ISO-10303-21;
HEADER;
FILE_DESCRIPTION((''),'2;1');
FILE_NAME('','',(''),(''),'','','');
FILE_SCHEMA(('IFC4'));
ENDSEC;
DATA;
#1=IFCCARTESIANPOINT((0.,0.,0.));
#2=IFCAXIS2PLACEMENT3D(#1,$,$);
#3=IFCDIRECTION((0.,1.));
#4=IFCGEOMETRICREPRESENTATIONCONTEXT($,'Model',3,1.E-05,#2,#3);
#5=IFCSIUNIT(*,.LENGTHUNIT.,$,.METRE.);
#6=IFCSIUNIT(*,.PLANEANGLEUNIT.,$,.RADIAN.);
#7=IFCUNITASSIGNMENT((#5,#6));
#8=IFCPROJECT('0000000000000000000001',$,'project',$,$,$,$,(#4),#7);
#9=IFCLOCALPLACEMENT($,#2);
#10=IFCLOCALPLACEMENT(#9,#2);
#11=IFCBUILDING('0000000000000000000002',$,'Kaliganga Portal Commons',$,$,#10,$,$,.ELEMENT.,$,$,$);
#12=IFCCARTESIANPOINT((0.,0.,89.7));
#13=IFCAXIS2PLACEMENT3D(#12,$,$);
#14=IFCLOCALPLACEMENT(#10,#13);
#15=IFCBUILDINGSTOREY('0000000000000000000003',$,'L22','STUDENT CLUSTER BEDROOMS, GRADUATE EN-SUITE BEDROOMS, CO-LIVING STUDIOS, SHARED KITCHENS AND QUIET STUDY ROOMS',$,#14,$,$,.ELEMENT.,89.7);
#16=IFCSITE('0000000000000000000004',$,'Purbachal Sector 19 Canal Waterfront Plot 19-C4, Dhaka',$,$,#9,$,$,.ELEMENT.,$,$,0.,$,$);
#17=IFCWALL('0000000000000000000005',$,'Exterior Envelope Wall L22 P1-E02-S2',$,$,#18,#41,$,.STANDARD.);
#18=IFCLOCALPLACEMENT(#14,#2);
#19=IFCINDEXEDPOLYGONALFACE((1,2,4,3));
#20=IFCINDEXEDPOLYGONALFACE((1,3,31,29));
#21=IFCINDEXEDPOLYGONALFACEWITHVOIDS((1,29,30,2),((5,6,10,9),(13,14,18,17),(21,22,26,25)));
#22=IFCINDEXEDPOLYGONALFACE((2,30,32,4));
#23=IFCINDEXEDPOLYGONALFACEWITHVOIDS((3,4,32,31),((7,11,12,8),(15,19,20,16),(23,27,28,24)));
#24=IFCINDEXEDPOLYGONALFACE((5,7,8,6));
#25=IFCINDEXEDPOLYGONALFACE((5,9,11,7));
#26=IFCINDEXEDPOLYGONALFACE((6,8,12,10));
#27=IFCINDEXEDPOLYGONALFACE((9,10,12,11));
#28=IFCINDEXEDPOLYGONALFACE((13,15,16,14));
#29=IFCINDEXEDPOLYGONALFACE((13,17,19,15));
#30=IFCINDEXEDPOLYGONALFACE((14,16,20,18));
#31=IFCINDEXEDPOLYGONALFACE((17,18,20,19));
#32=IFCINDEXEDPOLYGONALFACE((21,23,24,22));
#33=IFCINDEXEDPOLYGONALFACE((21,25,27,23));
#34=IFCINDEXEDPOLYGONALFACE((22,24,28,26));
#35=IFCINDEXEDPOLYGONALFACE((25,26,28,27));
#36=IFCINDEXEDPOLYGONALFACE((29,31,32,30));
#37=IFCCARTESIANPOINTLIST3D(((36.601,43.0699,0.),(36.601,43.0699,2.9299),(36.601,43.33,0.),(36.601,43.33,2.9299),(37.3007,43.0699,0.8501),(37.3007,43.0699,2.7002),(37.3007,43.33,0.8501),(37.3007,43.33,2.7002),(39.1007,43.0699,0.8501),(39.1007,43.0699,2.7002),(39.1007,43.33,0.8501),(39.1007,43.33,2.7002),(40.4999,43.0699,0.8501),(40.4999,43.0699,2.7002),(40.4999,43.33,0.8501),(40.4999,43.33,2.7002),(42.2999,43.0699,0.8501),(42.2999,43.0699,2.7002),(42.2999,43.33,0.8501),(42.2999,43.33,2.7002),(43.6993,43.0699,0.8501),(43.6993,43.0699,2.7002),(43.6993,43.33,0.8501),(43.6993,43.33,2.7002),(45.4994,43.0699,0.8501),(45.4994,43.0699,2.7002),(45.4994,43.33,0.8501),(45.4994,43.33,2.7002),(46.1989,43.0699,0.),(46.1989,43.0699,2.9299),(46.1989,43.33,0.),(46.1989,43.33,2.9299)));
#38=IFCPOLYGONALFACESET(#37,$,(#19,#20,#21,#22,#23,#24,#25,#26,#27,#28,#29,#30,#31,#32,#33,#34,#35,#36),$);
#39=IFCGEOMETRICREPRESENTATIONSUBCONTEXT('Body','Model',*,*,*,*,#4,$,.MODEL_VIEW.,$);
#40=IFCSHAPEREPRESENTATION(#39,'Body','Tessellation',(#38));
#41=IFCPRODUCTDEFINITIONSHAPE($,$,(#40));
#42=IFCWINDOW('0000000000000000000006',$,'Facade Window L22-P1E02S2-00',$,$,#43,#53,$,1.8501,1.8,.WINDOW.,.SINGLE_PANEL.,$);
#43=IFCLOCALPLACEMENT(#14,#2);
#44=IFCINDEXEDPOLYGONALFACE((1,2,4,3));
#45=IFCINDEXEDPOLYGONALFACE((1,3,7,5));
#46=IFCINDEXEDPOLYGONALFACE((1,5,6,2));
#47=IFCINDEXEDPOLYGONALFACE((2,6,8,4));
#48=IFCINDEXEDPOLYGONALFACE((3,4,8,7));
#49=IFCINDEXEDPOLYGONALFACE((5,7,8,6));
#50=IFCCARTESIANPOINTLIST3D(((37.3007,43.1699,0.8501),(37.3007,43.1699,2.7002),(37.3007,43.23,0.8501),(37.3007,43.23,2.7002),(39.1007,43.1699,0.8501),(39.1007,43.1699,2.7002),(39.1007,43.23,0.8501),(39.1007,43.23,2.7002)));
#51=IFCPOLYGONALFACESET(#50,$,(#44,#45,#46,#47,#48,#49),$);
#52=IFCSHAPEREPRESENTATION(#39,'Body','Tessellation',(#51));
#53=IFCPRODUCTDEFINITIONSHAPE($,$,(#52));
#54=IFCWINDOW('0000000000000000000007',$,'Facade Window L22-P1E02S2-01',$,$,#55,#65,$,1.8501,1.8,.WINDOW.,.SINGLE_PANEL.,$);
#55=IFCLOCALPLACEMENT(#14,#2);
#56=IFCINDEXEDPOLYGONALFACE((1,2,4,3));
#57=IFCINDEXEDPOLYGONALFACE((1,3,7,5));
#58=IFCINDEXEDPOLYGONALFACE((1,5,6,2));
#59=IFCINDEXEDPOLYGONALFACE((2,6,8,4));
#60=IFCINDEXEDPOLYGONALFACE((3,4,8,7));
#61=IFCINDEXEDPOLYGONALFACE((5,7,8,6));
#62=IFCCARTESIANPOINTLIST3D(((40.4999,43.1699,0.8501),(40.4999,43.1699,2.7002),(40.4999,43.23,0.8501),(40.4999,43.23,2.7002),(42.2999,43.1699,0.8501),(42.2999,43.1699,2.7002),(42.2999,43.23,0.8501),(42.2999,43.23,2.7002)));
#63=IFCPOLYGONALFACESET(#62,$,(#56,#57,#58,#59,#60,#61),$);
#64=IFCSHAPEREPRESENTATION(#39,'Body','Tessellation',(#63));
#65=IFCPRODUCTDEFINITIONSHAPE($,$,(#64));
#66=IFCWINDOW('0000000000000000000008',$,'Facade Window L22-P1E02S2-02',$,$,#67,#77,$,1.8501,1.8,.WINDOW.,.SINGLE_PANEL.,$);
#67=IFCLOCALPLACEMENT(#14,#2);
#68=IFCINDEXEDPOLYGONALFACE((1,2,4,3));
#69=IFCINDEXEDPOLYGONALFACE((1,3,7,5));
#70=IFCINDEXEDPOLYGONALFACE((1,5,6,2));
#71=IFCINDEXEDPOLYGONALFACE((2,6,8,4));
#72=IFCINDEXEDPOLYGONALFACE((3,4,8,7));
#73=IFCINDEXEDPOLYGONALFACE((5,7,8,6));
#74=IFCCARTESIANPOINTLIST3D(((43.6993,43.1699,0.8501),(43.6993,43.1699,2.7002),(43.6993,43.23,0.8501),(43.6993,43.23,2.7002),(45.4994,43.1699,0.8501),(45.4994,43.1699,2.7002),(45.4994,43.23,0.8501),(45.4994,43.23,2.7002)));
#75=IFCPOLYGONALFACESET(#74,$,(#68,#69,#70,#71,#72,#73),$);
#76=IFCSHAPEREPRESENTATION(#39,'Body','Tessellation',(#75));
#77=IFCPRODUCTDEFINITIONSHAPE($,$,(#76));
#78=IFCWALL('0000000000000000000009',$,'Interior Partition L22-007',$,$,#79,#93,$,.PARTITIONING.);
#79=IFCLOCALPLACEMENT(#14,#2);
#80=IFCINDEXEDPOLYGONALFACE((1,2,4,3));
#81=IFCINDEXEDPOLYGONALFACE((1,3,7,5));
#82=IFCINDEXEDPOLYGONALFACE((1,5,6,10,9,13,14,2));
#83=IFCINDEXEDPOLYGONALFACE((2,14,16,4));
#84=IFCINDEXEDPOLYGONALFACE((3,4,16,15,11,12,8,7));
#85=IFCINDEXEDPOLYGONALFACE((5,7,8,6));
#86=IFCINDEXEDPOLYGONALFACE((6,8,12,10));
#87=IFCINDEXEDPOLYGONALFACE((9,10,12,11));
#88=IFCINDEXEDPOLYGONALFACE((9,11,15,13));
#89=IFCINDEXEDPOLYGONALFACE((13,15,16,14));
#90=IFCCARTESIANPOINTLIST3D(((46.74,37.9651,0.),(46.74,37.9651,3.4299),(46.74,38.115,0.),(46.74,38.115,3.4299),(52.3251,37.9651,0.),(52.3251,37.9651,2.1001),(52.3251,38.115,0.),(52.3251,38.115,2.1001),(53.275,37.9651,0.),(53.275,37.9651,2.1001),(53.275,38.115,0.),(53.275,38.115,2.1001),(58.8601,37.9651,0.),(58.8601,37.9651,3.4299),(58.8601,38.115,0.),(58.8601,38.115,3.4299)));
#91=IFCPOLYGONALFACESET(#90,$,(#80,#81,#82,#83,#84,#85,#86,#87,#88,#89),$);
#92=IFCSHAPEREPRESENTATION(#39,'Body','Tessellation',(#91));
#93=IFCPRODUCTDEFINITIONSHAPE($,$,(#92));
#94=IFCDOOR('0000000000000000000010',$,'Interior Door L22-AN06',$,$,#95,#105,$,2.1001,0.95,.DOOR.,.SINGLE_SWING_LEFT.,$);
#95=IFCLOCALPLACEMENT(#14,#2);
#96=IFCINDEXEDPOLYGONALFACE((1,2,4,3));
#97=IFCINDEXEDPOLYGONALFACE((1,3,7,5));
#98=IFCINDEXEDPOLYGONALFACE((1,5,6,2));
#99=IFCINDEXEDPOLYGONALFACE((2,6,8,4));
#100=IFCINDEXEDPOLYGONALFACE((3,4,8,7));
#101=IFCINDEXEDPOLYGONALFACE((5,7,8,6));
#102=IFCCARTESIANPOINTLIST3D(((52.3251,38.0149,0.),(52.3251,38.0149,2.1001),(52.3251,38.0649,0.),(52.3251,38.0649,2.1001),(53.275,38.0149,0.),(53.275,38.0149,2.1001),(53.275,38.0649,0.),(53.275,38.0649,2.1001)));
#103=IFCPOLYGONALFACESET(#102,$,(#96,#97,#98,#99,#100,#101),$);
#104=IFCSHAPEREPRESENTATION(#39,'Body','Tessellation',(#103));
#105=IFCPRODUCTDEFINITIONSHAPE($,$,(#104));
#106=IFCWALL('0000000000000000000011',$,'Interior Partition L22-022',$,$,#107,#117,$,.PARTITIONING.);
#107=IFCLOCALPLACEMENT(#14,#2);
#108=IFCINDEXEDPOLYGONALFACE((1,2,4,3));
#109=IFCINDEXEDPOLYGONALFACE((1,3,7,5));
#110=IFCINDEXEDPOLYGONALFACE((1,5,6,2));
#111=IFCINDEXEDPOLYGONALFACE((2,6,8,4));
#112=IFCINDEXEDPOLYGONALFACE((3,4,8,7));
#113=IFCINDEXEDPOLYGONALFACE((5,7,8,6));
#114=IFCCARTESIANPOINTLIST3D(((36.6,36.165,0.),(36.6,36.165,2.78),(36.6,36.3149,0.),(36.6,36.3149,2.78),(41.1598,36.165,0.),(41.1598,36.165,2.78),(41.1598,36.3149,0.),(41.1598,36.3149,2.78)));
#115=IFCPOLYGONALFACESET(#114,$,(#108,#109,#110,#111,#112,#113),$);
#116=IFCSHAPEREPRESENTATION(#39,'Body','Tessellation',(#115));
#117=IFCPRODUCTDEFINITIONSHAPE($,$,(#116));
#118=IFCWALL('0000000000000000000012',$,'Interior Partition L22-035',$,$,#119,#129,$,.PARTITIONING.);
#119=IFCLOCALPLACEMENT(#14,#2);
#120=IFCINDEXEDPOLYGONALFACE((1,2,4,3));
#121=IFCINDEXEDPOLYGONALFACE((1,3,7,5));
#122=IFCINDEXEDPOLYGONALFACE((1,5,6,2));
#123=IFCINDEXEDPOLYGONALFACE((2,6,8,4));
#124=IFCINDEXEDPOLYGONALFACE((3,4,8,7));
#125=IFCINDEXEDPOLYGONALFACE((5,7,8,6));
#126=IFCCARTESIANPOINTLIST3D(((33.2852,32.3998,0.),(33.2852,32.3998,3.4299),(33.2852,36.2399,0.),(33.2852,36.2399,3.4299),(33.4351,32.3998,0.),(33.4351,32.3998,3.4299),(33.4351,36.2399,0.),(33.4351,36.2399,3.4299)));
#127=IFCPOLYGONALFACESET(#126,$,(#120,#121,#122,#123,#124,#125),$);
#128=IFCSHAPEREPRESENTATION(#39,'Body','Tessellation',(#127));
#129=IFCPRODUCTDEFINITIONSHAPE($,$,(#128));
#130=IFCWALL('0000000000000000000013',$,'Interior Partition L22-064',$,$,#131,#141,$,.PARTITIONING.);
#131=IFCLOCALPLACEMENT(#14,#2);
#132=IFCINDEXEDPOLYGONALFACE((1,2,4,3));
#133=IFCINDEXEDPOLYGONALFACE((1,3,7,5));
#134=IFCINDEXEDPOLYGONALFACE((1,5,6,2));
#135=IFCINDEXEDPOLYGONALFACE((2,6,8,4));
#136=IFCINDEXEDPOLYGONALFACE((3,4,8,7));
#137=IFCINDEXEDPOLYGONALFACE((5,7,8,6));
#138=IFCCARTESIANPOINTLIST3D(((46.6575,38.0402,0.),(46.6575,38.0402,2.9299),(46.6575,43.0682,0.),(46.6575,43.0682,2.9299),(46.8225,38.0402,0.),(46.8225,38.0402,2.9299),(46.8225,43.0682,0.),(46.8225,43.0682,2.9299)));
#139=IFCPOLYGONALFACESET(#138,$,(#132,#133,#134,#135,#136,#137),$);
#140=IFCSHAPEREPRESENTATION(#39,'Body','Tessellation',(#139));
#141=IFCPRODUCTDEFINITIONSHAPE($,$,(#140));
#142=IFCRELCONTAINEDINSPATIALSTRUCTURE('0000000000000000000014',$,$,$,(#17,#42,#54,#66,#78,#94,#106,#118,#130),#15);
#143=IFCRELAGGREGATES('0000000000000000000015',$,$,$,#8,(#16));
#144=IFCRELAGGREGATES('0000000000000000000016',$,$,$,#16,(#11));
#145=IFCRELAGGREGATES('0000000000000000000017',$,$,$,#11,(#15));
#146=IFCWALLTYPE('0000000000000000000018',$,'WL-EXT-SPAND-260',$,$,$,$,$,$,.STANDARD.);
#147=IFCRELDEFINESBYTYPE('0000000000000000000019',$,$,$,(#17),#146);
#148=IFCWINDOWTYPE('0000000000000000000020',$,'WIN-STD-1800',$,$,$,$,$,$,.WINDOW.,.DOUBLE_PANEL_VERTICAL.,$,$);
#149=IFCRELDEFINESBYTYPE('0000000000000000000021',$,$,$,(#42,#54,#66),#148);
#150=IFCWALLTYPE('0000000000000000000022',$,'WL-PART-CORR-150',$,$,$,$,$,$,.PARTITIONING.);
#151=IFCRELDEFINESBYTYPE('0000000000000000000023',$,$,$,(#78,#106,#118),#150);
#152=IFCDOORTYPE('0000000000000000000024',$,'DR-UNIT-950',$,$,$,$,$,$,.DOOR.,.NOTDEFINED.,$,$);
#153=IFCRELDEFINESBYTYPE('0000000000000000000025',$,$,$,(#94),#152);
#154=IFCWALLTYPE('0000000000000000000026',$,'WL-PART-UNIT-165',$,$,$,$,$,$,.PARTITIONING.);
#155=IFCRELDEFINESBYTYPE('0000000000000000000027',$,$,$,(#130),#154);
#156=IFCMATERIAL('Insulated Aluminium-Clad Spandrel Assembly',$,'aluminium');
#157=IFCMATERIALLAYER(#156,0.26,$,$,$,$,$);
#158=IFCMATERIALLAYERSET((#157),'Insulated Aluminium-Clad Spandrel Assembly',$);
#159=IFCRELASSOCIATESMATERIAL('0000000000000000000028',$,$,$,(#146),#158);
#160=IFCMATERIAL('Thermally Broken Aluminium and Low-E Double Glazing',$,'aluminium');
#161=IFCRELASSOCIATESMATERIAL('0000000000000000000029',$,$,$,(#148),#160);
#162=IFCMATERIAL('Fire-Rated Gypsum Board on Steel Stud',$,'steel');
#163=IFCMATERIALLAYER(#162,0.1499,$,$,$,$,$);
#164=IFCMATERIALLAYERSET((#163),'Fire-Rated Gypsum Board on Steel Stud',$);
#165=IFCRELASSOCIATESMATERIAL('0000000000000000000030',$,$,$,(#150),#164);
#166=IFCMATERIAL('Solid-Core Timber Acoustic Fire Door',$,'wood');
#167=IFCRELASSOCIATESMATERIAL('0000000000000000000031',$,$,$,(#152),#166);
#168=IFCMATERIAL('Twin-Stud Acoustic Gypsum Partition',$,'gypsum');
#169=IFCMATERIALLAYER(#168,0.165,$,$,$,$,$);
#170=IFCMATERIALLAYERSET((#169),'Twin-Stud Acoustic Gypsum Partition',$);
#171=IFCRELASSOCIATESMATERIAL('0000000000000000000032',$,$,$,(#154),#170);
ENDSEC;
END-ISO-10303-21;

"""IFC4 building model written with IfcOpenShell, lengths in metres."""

from ifc_helpers import new_model, si_unit, direction, frame, frame_2d, origin, place, context, subcontext, project, spatial, rectangle, extrude, material, layer, layer_set, type_object, element, fill, save


model = new_model("IFC4")

# Units and contexts
model_context = context("Model", 3, precision=1e-05, world=origin(), true_north=direction((0.0, 1.0)))
body_context = subcontext(model_context, "Body", "Model", "MODEL_VIEW")
ifc_project = project(units=[si_unit("LENGTHUNIT", "METRE"), si_unit("PLANEANGLEUNIT", "RADIAN")], contexts=[model_context])

# Site, building, storey
site_placement = place(None, origin())
site = spatial("IfcSite", under=ifc_project, at=site_placement, Name="Purbachal Sector 19 Canal Waterfront Plot 19-C4, Dhaka", CompositionType="ELEMENT", RefElevation=0.0)
building_placement = place(site_placement, origin())
building = spatial("IfcBuilding", under=site, at=building_placement, Name="Kaliganga Portal Commons", CompositionType="ELEMENT")
storey_placement = place(building_placement, frame((0.0, 0.0, 89.7)))
storey = spatial("IfcBuildingStorey", under=building, at=storey_placement, Name="L22", Description="STUDENT CLUSTER BEDROOMS, GRADUATE EN-SUITE BEDROOMS, CO-LIVING STUDIOS, SHARED KITCHENS AND QUIET STUDY ROOMS", CompositionType="ELEMENT", Elevation=89.7)

# Wall, openings, windows
ifc_material_1 = material(Name="Insulated Aluminium-Clad Spandrel Assembly", Category="aluminium")
ifc_layer_1 = layer(ifc_material_1, 0.26)
ifc_layer_set_1 = layer_set([ifc_layer_1], Name="Insulated Aluminium-Clad Spandrel Assembly")
wall_type_1 = type_object("IfcWallType", Name="WL-EXT-SPAND-260", PredefinedType="STANDARD", material=ifc_layer_set_1)
wall_1_placement = place(storey_placement, frame((36.6011, 43.2, 0.0), z_axis=(0.0, 0.0, 1.0), x_axis=(1.0, 0.0, 0.0)))
wall_1 = element("IfcWall", 1, at=wall_1_placement, inside=storey, type_object=wall_type_1, Name="Exterior Envelope Wall L22 P1-E02-S2", PredefinedType="STANDARD", context=body_context, shape_type="SweptSolid", body=[
    extrude(rectangle(XDim=9.5979, YDim=0.26, at=frame_2d((4.7988, 0.0))), origin(), (0.0, 0.0, 1.0), 2.9299),
])
opening_1_placement = place(wall_1_placement, frame((0.6997, 0.0, 0.8501)))
opening_1 = element("IfcOpeningElement", 2, at=opening_1_placement, cuts=wall_1, PredefinedType="OPENING", context=body_context, shape_type="SweptSolid", body=[
    extrude(rectangle(XDim=1.8, YDim=1.8501, at=frame_2d((0.8999, 0.925))), frame((0.0, 0.1401, 0.0), z_axis=(0.0, -1.0, 0.0), x_axis=(1.0, 0.0, 0.0)), (0.0, 0.0, 1.0), 0.28),
])
opening_2_placement = place(wall_1_placement, frame((3.8989, 0.0, 0.8501)))
opening_2 = element("IfcOpeningElement", 3, at=opening_2_placement, cuts=wall_1, PredefinedType="OPENING", context=body_context, shape_type="SweptSolid", body=[
    extrude(rectangle(XDim=1.8, YDim=1.8501, at=frame_2d((0.8999, 0.925))), frame((0.0, 0.1401, 0.0), z_axis=(0.0, -1.0, 0.0), x_axis=(1.0, 0.0, 0.0)), (0.0, 0.0, 1.0), 0.28),
])
opening_3_placement = place(wall_1_placement, frame((7.0984, 0.0, 0.8501)))
opening_3 = element("IfcOpeningElement", 4, at=opening_3_placement, cuts=wall_1, PredefinedType="OPENING", context=body_context, shape_type="SweptSolid", body=[
    extrude(rectangle(XDim=1.8, YDim=1.8501, at=frame_2d((0.8999, 0.925))), frame((0.0, 0.1401, 0.0), z_axis=(0.0, -1.0, 0.0), x_axis=(1.0, 0.0, 0.0)), (0.0, 0.0, 1.0), 0.28),
])
ifc_material_2 = material(Name="Thermally Broken Aluminium and Low-E Double Glazing", Category="aluminium")
window_type = type_object("IfcWindowType", Name="WIN-STD-1800", PartitioningType="DOUBLE_PANEL_VERTICAL", PredefinedType="WINDOW", material=ifc_material_2)
window_1_placement = place(opening_1_placement, origin())
window_1 = element("IfcWindow", 5, at=window_1_placement, inside=storey, type_object=window_type, Name="Facade Window L22-P1E02S2-00", OverallHeight=1.8501, OverallWidth=1.8, PartitioningType="SINGLE_PANEL", PredefinedType="WINDOW", context=body_context, shape_type="SweptSolid", body=[
    extrude(rectangle(XDim=1.8, YDim=1.8501, at=frame_2d((0.8999, 0.925))), frame((0.0, 0.03, 0.0), z_axis=(0.0, -1.0, 0.0), x_axis=(1.0, 0.0, 0.0)), (0.0, 0.0, 1.0), 0.0601),
])
fill(opening_1, window_1)
window_2_placement = place(opening_2_placement, origin())
window_2 = element("IfcWindow", 6, at=window_2_placement, inside=storey, type_object=window_type, Name="Facade Window L22-P1E02S2-01", OverallHeight=1.8501, OverallWidth=1.8, PartitioningType="SINGLE_PANEL", PredefinedType="WINDOW", context=body_context, shape_type="SweptSolid", body=[
    extrude(rectangle(XDim=1.8, YDim=1.8501, at=frame_2d((0.8999, 0.925))), frame((0.0, 0.03, 0.0), z_axis=(0.0, -1.0, 0.0), x_axis=(1.0, 0.0, 0.0)), (0.0, 0.0, 1.0), 0.0601),
])
fill(opening_2, window_2)
window_3_placement = place(opening_3_placement, origin())
window_3 = element("IfcWindow", 7, at=window_3_placement, inside=storey, type_object=window_type, Name="Facade Window L22-P1E02S2-02", OverallHeight=1.8501, OverallWidth=1.8, PartitioningType="SINGLE_PANEL", PredefinedType="WINDOW", context=body_context, shape_type="SweptSolid", body=[
    extrude(rectangle(XDim=1.8, YDim=1.8501, at=frame_2d((0.8999, 0.925))), frame((0.0, 0.03, 0.0), z_axis=(0.0, -1.0, 0.0), x_axis=(1.0, 0.0, 0.0)), (0.0, 0.0, 1.0), 0.0601),
])
fill(opening_3, window_3)

# Wall, opening, door
ifc_material_3 = material(Name="Fire-Rated Gypsum Board on Steel Stud", Category="steel")
ifc_layer_2 = layer(ifc_material_3, 0.1499)
ifc_layer_set_2 = layer_set([ifc_layer_2], Name="Fire-Rated Gypsum Board on Steel Stud")
wall_type_2 = type_object("IfcWallType", Name="WL-PART-CORR-150", PredefinedType="PARTITIONING", material=ifc_layer_set_2)
wall_2_placement = place(storey_placement, frame((46.74, 38.04, 0.0), z_axis=(0.0, 0.0, 1.0), x_axis=(1.0, 0.0, 0.0)))
wall_2 = element("IfcWall", 8, at=wall_2_placement, inside=storey, type_object=wall_type_2, Name="Interior Partition L22-007", PredefinedType="PARTITIONING", context=body_context, shape_type="SweptSolid", body=[
    extrude(rectangle(XDim=12.1201, YDim=0.1499, at=frame_2d((6.0601, 0.0))), origin(), (0.0, 0.0, 1.0), 3.4299),
])
opening_4_placement = place(wall_2_placement, frame((5.585, 0.0, 0.0)))
opening_4 = element("IfcOpeningElement", 9, at=opening_4_placement, cuts=wall_2, PredefinedType="OPENING", context=body_context, shape_type="SweptSolid", body=[
    extrude(rectangle(XDim=0.95, YDim=2.1001, at=frame_2d((0.4751, 1.05))), frame((0.0, 0.085, 0.0), z_axis=(0.0, -1.0, 0.0), x_axis=(1.0, 0.0, 0.0)), (0.0, 0.0, 1.0), 0.1699),
])
ifc_material_4 = material(Name="Solid-Core Timber Acoustic Fire Door", Category="wood")
door_type_1 = type_object("IfcDoorType", Name="DR-UNIT-950", OperationType="NOTDEFINED", PredefinedType="DOOR", material=ifc_material_4)
door_1_placement = place(opening_4_placement, origin())
door_1 = element("IfcDoor", 10, at=door_1_placement, inside=storey, type_object=door_type_1, Name="Interior Door L22-AN06", OperationType="SINGLE_SWING_LEFT", OverallHeight=2.1001, OverallWidth=0.95, PredefinedType="DOOR", context=body_context, shape_type="SweptSolid", body=[
    extrude(rectangle(XDim=0.95, YDim=2.1001, at=frame_2d((0.4751, 1.05))), frame((0.0, 0.0249, 0.0), z_axis=(0.0, -1.0, 0.0), x_axis=(1.0, 0.0, 0.0)), (0.0, 0.0, 1.0), 0.05),
])
fill(opening_4, door_1)

# Wall
wall_3_placement = place(storey_placement, frame((36.6001, 36.24, 0.0), z_axis=(0.0, 0.0, 1.0), x_axis=(1.0, 0.0, 0.0)))
element("IfcWall", 11, at=wall_3_placement, inside=storey, type_object=wall_type_2, Name="Interior Partition L22-022", PredefinedType="PARTITIONING", context=body_context, shape_type="SweptSolid", body=[
    extrude(rectangle(XDim=4.5598, YDim=0.1499, at=frame_2d((2.2798, 0.0))), origin(), (0.0, 0.0, 1.0), 2.78),
])

# Walls
wall_4_placement = place(storey_placement, frame((33.3601, 32.3999, 0.0), z_axis=(0.0, 0.0, 1.0), x_axis=(0.0, 1.0, 0.0)))
element("IfcWall", 12, at=wall_4_placement, inside=storey, type_object=wall_type_2, Name="Interior Partition L22-035", PredefinedType="PARTITIONING", context=body_context, shape_type="SweptSolid", body=[
    extrude(rectangle(XDim=3.8401, YDim=0.1499, at=frame_2d((1.9199, 0.0))), origin(), (0.0, 0.0, 1.0), 3.4299),
])
ifc_material_5 = material(Name="Twin-Stud Acoustic Gypsum Partition", Category="gypsum")
ifc_layer_3 = layer(ifc_material_5, 0.165)
ifc_layer_set_3 = layer_set([ifc_layer_3], Name="Twin-Stud Acoustic Gypsum Partition")
wall_type_3 = type_object("IfcWallType", Name="WL-PART-UNIT-165", PredefinedType="PARTITIONING", material=ifc_layer_set_3)
wall_5_placement = place(storey_placement, frame((46.74, 38.04, 0.0), z_axis=(0.0, 0.0, 1.0), x_axis=(0.0, 1.0, 0.0)))
element("IfcWall", 13, at=wall_5_placement, inside=storey, type_object=wall_type_3, Name="Interior Partition L22-064", PredefinedType="PARTITIONING", context=body_context, shape_type="SweptSolid", body=[
    extrude(rectangle(XDim=5.0281, YDim=0.165, at=frame_2d((2.5142, 0.0))), origin(), (0.0, 0.0, 1.0), 2.9299),
])

save(model, "model.ifc")
